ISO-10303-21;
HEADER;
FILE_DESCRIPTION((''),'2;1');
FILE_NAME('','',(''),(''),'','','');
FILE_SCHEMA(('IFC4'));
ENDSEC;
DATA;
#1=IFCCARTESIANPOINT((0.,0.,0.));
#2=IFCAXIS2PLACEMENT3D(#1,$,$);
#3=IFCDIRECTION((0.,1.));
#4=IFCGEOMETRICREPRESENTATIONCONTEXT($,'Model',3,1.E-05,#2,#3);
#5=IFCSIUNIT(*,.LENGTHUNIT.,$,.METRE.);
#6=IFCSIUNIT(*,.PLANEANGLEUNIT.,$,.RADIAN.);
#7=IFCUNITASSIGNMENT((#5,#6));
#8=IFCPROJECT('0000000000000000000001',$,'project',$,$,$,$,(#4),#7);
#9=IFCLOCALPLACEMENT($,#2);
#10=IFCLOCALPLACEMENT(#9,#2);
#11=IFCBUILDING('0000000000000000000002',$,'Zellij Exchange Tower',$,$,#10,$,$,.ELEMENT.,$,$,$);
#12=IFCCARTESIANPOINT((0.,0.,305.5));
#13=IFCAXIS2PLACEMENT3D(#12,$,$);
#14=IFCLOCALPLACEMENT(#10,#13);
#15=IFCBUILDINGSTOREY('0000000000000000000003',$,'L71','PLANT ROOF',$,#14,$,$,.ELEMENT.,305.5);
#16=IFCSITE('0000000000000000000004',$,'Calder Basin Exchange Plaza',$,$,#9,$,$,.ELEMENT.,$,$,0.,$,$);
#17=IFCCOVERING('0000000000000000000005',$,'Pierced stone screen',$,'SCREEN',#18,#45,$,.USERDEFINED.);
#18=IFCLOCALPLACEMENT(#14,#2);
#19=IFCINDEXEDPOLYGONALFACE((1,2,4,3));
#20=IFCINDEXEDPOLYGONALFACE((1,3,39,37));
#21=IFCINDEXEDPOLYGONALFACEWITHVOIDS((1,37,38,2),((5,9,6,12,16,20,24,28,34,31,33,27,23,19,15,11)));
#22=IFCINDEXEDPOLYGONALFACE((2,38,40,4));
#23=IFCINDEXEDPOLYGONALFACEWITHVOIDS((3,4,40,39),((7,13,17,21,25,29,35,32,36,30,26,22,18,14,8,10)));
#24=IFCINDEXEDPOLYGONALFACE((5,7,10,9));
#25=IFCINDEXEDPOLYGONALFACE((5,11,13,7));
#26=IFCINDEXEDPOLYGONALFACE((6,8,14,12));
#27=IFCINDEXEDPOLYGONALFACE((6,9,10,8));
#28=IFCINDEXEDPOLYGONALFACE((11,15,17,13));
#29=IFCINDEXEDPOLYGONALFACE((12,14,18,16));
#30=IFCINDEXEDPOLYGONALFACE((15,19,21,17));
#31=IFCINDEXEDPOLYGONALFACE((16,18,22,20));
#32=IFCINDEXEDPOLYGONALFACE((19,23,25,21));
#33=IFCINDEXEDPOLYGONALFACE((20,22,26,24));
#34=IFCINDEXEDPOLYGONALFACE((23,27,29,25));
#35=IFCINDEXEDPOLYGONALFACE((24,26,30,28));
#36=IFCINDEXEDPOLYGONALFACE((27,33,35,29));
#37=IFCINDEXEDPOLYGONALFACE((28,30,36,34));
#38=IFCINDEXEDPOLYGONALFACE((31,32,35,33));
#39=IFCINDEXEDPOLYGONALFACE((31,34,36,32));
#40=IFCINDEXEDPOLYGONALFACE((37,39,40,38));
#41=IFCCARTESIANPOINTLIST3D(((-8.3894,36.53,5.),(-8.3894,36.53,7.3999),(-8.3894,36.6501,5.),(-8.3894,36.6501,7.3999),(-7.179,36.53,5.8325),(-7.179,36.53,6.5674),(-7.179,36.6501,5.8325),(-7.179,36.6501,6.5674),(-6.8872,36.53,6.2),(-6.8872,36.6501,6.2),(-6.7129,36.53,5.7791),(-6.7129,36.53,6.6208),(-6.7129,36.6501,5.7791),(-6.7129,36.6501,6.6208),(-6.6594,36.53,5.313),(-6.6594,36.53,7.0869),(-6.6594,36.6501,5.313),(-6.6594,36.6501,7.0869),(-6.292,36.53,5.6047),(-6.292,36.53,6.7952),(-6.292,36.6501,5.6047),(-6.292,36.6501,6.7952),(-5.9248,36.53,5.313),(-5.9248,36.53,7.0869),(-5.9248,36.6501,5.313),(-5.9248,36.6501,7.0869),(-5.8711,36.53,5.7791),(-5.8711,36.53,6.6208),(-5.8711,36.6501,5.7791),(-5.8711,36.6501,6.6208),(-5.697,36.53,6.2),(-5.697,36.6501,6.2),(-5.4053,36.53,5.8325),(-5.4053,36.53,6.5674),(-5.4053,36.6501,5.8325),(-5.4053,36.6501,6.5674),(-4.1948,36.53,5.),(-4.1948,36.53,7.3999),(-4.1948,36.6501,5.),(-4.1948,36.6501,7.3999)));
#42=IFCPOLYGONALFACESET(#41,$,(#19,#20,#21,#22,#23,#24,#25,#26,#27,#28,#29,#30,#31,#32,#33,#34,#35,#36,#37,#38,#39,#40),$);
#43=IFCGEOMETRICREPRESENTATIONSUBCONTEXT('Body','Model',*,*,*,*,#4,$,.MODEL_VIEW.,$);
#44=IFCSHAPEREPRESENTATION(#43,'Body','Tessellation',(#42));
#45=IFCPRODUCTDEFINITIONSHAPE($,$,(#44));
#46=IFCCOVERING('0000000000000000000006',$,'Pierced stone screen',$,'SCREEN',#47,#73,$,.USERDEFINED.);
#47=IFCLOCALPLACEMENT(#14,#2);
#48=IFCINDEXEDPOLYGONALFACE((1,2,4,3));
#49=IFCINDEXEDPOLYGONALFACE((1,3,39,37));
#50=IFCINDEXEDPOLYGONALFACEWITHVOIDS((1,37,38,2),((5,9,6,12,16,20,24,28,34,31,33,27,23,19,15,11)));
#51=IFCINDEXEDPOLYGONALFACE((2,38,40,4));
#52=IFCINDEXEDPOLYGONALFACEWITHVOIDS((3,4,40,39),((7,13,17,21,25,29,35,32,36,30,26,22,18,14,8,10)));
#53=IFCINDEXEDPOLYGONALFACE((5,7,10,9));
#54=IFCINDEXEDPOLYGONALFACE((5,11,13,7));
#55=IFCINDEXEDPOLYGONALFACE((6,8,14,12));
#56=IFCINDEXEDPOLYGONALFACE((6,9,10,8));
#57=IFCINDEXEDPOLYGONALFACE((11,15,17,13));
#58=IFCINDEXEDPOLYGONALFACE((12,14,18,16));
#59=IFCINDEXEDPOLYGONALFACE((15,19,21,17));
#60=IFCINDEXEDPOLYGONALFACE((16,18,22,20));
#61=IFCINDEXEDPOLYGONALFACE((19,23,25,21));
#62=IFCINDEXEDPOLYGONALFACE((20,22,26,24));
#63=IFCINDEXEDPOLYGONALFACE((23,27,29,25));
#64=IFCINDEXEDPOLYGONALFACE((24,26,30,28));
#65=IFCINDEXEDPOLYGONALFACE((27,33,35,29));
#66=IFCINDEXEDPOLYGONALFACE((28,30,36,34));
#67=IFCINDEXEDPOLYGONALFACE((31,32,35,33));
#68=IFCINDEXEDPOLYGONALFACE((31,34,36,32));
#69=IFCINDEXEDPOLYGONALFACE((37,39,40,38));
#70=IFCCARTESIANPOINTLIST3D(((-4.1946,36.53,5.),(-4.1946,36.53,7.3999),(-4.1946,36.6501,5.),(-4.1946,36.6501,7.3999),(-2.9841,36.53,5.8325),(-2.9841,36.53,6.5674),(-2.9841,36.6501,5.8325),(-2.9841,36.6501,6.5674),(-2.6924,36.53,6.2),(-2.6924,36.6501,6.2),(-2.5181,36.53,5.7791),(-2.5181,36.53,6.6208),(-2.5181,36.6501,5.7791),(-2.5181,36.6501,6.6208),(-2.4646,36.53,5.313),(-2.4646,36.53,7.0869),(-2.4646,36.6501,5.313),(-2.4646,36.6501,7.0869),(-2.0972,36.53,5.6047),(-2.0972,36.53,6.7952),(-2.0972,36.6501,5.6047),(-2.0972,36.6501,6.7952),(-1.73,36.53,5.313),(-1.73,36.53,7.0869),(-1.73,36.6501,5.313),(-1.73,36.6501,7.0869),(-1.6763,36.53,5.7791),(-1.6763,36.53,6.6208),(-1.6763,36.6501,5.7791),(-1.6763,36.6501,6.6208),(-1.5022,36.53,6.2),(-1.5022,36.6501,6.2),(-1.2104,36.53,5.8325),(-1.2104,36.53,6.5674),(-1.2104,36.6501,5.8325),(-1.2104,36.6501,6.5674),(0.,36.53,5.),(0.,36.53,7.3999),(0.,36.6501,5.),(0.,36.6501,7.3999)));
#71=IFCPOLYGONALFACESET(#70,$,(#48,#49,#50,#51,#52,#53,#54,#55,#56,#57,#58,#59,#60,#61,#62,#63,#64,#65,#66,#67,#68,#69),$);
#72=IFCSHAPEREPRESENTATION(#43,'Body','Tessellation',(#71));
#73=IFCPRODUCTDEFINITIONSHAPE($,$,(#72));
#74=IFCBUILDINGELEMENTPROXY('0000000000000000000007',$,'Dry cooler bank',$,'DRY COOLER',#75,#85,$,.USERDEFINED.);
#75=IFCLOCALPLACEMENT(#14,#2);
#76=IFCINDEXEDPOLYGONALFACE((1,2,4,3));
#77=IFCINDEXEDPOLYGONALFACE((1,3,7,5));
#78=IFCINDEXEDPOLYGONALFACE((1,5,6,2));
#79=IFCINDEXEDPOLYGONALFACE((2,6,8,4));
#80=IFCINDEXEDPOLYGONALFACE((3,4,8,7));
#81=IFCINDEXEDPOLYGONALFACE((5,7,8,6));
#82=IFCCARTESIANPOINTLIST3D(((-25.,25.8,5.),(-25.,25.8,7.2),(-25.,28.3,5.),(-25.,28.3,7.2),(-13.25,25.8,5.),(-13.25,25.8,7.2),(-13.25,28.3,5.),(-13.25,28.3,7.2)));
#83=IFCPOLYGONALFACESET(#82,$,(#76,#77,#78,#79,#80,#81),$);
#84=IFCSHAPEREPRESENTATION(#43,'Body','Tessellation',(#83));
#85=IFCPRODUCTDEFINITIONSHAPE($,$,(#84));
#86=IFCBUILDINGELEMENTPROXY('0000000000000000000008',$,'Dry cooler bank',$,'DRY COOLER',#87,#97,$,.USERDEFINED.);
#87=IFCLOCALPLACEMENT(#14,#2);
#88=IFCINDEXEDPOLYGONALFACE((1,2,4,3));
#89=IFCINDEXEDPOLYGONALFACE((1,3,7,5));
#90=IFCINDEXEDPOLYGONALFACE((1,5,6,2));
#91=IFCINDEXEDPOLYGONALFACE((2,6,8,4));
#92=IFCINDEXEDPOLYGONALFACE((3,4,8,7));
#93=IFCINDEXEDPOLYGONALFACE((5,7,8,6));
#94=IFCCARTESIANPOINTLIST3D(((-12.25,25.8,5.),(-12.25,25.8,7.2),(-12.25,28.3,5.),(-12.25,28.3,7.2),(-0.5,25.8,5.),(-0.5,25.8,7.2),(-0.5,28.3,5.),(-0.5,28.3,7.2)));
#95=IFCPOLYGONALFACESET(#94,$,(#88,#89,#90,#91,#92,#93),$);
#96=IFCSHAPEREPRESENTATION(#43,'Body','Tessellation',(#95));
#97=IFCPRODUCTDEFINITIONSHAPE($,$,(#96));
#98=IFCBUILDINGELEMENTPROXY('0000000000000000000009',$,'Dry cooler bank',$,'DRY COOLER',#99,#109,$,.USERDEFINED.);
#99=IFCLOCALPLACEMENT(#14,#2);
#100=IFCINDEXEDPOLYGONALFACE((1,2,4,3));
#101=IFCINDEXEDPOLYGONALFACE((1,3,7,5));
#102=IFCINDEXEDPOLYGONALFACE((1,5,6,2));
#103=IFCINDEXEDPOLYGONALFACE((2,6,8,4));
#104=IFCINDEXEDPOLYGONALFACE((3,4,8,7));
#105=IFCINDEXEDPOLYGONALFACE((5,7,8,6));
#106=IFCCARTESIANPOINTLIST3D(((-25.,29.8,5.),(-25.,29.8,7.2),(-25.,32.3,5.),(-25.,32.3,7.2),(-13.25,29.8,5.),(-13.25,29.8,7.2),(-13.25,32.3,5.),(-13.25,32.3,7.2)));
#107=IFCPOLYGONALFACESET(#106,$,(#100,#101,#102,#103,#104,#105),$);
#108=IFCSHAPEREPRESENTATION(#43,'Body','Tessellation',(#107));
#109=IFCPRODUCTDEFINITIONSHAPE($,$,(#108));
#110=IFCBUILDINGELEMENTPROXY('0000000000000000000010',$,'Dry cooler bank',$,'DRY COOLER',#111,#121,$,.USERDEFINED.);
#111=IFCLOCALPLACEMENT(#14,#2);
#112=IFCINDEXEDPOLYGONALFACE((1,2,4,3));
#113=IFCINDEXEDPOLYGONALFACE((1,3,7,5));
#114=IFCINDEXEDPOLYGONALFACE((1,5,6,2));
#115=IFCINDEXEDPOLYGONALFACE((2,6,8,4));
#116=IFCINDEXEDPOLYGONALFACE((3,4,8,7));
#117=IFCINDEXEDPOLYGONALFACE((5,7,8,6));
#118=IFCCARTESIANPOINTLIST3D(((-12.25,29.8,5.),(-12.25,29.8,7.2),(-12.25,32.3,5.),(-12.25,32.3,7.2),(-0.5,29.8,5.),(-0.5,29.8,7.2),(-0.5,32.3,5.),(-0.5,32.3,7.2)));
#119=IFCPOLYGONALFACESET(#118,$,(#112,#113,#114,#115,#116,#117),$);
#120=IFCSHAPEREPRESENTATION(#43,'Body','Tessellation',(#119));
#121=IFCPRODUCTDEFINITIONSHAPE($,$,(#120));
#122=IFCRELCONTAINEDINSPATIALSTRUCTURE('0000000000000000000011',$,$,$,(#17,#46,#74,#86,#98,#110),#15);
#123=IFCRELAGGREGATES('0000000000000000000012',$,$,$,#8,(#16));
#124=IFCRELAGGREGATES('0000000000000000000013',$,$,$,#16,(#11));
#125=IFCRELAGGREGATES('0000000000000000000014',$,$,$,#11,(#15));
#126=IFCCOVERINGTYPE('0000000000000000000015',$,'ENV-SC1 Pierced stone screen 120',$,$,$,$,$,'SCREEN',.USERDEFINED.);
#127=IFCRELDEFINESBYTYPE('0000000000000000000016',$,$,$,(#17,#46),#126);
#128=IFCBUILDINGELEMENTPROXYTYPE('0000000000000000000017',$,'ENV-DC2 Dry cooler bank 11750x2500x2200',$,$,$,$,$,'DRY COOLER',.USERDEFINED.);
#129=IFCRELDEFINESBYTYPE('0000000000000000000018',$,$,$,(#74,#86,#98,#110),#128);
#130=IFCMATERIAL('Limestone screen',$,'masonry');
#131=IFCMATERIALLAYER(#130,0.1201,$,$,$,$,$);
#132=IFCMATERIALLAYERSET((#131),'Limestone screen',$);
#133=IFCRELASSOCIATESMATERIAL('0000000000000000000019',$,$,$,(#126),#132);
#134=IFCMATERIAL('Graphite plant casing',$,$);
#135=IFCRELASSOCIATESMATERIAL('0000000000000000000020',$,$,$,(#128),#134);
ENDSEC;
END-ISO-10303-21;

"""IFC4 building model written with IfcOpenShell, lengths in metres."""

from ifc_helpers import new_model, si_unit, direction, frame, origin, origin_2d, place, context, subcontext, project, spatial, polyline, rectangle, outline, extrude, material, layer, layer_set, type_object, element, save


model = new_model("IFC4")

# Units and contexts
model_context = context("Model", 3, precision=1e-05, world=origin(), true_north=direction((0.0, 1.0)))
body_context = subcontext(model_context, "Body", "Model", "MODEL_VIEW")
ifc_project = project(units=[si_unit("LENGTHUNIT", "METRE"), si_unit("PLANEANGLEUNIT", "RADIAN")], contexts=[model_context])

# Site, building, storey
site_placement = place(None, origin())
site = spatial("IfcSite", under=ifc_project, at=site_placement, Name="Calder Basin Exchange Plaza", CompositionType="ELEMENT", RefElevation=0.0)
building_placement = place(site_placement, origin())
building = spatial("IfcBuilding", under=site, at=building_placement, Name="Zellij Exchange Tower", CompositionType="ELEMENT")
storey_placement = place(building_placement, frame((0.0, 0.0, 305.5)))
storey = spatial("IfcBuildingStorey", under=building, at=storey_placement, Name="L71", Description="PLANT ROOF", CompositionType="ELEMENT", Elevation=305.5)

# Coverings
ifc_material_1 = material(Name="Limestone screen", Category="masonry")
ifc_layer_1 = layer(ifc_material_1, 0.1201)
ifc_layer_set_1 = layer_set([ifc_layer_1], Name="Limestone screen")
covering_type = type_object("IfcCoveringType", Name="ENV-SC1 Pierced stone screen 120", ElementType="SCREEN", PredefinedType="USERDEFINED", material=ifc_layer_set_1)
for number, where, z_axis, x_axis, name in (
    (1, (-8.3894, 36.5901, 5.0), (0.0, 0.0, 1.0), (1.0, 0.0, 0.0), "Pierced stone screen"),
    (2, (-4.1946, 36.5901, 5.0), (0.0, 0.0, 1.0), (1.0, 0.0, 0.0), "Pierced stone screen"),
):
    element("IfcCovering", number, at=place(storey_placement, frame(where, z_axis=z_axis, x_axis=x_axis)), inside=storey, type_object=covering_type, Name=name, ObjectType="SCREEN", PredefinedType="USERDEFINED", context=body_context, shape_type="SweptSolid", body=[
        extrude(outline(polyline([(0.0, 0.0), (4.1946, 0.0), (4.1946, 2.3999), (0.0, 2.3999), (0.0, 0.0)]), holes=[polyline([(2.9841, 1.5674), (2.5183, 1.6208), (2.4646, 2.0869), (2.0974, 1.7952), (1.73, 2.0869), (1.6765, 1.6208), (1.2104, 1.5674), (1.5022, 1.2), (1.2104, 0.8325), (1.6765, 0.7791), (1.73, 0.313), (2.0974, 0.6047), (2.4646, 0.313), (2.5183, 0.7791), (2.9841, 0.8325), (2.6924, 1.2), (2.9841, 1.5674)])]), frame((0.0, 0.0601, 0.0), z_axis=(0.0, -1.0, 0.0), x_axis=(1.0, 0.0, 0.0)), (0.0, 0.0, 1.0), 0.1201),
    ])

# Building element proxies
ifc_material_2 = material(Name="Graphite plant casing")
building_element_proxy_type = type_object("IfcBuildingElementProxyType", Name="ENV-DC2 Dry cooler bank 11750x2500x2200", ElementType="DRY COOLER", PredefinedType="USERDEFINED", material=ifc_material_2)
for number, where, z_axis, x_axis, name in (
    (3, (-19.125, 27.05, 5.0), (0.0, 0.0, 1.0), (1.0, 0.0, 0.0), "Dry cooler bank"),
    (4, (-6.375, 27.05, 5.0), (0.0, 0.0, 1.0), (1.0, 0.0, 0.0), "Dry cooler bank"),
    (5, (-19.125, 31.05, 5.0), (0.0, 0.0, 1.0), (1.0, 0.0, 0.0), "Dry cooler bank"),
    (6, (-6.375, 31.05, 5.0), (0.0, 0.0, 1.0), (1.0, 0.0, 0.0), "Dry cooler bank"),
):
    element("IfcBuildingElementProxy", number, at=place(storey_placement, frame(where, z_axis=z_axis, x_axis=x_axis)), inside=storey, type_object=building_element_proxy_type, Name=name, ObjectType="DRY COOLER", PredefinedType="USERDEFINED", context=body_context, shape_type="SweptSolid", body=[
        extrude(rectangle(XDim=11.75, YDim=2.5, at=origin_2d()), origin(), (0.0, 0.0, 1.0), 2.2),
    ])

save(model, "model.ifc")
